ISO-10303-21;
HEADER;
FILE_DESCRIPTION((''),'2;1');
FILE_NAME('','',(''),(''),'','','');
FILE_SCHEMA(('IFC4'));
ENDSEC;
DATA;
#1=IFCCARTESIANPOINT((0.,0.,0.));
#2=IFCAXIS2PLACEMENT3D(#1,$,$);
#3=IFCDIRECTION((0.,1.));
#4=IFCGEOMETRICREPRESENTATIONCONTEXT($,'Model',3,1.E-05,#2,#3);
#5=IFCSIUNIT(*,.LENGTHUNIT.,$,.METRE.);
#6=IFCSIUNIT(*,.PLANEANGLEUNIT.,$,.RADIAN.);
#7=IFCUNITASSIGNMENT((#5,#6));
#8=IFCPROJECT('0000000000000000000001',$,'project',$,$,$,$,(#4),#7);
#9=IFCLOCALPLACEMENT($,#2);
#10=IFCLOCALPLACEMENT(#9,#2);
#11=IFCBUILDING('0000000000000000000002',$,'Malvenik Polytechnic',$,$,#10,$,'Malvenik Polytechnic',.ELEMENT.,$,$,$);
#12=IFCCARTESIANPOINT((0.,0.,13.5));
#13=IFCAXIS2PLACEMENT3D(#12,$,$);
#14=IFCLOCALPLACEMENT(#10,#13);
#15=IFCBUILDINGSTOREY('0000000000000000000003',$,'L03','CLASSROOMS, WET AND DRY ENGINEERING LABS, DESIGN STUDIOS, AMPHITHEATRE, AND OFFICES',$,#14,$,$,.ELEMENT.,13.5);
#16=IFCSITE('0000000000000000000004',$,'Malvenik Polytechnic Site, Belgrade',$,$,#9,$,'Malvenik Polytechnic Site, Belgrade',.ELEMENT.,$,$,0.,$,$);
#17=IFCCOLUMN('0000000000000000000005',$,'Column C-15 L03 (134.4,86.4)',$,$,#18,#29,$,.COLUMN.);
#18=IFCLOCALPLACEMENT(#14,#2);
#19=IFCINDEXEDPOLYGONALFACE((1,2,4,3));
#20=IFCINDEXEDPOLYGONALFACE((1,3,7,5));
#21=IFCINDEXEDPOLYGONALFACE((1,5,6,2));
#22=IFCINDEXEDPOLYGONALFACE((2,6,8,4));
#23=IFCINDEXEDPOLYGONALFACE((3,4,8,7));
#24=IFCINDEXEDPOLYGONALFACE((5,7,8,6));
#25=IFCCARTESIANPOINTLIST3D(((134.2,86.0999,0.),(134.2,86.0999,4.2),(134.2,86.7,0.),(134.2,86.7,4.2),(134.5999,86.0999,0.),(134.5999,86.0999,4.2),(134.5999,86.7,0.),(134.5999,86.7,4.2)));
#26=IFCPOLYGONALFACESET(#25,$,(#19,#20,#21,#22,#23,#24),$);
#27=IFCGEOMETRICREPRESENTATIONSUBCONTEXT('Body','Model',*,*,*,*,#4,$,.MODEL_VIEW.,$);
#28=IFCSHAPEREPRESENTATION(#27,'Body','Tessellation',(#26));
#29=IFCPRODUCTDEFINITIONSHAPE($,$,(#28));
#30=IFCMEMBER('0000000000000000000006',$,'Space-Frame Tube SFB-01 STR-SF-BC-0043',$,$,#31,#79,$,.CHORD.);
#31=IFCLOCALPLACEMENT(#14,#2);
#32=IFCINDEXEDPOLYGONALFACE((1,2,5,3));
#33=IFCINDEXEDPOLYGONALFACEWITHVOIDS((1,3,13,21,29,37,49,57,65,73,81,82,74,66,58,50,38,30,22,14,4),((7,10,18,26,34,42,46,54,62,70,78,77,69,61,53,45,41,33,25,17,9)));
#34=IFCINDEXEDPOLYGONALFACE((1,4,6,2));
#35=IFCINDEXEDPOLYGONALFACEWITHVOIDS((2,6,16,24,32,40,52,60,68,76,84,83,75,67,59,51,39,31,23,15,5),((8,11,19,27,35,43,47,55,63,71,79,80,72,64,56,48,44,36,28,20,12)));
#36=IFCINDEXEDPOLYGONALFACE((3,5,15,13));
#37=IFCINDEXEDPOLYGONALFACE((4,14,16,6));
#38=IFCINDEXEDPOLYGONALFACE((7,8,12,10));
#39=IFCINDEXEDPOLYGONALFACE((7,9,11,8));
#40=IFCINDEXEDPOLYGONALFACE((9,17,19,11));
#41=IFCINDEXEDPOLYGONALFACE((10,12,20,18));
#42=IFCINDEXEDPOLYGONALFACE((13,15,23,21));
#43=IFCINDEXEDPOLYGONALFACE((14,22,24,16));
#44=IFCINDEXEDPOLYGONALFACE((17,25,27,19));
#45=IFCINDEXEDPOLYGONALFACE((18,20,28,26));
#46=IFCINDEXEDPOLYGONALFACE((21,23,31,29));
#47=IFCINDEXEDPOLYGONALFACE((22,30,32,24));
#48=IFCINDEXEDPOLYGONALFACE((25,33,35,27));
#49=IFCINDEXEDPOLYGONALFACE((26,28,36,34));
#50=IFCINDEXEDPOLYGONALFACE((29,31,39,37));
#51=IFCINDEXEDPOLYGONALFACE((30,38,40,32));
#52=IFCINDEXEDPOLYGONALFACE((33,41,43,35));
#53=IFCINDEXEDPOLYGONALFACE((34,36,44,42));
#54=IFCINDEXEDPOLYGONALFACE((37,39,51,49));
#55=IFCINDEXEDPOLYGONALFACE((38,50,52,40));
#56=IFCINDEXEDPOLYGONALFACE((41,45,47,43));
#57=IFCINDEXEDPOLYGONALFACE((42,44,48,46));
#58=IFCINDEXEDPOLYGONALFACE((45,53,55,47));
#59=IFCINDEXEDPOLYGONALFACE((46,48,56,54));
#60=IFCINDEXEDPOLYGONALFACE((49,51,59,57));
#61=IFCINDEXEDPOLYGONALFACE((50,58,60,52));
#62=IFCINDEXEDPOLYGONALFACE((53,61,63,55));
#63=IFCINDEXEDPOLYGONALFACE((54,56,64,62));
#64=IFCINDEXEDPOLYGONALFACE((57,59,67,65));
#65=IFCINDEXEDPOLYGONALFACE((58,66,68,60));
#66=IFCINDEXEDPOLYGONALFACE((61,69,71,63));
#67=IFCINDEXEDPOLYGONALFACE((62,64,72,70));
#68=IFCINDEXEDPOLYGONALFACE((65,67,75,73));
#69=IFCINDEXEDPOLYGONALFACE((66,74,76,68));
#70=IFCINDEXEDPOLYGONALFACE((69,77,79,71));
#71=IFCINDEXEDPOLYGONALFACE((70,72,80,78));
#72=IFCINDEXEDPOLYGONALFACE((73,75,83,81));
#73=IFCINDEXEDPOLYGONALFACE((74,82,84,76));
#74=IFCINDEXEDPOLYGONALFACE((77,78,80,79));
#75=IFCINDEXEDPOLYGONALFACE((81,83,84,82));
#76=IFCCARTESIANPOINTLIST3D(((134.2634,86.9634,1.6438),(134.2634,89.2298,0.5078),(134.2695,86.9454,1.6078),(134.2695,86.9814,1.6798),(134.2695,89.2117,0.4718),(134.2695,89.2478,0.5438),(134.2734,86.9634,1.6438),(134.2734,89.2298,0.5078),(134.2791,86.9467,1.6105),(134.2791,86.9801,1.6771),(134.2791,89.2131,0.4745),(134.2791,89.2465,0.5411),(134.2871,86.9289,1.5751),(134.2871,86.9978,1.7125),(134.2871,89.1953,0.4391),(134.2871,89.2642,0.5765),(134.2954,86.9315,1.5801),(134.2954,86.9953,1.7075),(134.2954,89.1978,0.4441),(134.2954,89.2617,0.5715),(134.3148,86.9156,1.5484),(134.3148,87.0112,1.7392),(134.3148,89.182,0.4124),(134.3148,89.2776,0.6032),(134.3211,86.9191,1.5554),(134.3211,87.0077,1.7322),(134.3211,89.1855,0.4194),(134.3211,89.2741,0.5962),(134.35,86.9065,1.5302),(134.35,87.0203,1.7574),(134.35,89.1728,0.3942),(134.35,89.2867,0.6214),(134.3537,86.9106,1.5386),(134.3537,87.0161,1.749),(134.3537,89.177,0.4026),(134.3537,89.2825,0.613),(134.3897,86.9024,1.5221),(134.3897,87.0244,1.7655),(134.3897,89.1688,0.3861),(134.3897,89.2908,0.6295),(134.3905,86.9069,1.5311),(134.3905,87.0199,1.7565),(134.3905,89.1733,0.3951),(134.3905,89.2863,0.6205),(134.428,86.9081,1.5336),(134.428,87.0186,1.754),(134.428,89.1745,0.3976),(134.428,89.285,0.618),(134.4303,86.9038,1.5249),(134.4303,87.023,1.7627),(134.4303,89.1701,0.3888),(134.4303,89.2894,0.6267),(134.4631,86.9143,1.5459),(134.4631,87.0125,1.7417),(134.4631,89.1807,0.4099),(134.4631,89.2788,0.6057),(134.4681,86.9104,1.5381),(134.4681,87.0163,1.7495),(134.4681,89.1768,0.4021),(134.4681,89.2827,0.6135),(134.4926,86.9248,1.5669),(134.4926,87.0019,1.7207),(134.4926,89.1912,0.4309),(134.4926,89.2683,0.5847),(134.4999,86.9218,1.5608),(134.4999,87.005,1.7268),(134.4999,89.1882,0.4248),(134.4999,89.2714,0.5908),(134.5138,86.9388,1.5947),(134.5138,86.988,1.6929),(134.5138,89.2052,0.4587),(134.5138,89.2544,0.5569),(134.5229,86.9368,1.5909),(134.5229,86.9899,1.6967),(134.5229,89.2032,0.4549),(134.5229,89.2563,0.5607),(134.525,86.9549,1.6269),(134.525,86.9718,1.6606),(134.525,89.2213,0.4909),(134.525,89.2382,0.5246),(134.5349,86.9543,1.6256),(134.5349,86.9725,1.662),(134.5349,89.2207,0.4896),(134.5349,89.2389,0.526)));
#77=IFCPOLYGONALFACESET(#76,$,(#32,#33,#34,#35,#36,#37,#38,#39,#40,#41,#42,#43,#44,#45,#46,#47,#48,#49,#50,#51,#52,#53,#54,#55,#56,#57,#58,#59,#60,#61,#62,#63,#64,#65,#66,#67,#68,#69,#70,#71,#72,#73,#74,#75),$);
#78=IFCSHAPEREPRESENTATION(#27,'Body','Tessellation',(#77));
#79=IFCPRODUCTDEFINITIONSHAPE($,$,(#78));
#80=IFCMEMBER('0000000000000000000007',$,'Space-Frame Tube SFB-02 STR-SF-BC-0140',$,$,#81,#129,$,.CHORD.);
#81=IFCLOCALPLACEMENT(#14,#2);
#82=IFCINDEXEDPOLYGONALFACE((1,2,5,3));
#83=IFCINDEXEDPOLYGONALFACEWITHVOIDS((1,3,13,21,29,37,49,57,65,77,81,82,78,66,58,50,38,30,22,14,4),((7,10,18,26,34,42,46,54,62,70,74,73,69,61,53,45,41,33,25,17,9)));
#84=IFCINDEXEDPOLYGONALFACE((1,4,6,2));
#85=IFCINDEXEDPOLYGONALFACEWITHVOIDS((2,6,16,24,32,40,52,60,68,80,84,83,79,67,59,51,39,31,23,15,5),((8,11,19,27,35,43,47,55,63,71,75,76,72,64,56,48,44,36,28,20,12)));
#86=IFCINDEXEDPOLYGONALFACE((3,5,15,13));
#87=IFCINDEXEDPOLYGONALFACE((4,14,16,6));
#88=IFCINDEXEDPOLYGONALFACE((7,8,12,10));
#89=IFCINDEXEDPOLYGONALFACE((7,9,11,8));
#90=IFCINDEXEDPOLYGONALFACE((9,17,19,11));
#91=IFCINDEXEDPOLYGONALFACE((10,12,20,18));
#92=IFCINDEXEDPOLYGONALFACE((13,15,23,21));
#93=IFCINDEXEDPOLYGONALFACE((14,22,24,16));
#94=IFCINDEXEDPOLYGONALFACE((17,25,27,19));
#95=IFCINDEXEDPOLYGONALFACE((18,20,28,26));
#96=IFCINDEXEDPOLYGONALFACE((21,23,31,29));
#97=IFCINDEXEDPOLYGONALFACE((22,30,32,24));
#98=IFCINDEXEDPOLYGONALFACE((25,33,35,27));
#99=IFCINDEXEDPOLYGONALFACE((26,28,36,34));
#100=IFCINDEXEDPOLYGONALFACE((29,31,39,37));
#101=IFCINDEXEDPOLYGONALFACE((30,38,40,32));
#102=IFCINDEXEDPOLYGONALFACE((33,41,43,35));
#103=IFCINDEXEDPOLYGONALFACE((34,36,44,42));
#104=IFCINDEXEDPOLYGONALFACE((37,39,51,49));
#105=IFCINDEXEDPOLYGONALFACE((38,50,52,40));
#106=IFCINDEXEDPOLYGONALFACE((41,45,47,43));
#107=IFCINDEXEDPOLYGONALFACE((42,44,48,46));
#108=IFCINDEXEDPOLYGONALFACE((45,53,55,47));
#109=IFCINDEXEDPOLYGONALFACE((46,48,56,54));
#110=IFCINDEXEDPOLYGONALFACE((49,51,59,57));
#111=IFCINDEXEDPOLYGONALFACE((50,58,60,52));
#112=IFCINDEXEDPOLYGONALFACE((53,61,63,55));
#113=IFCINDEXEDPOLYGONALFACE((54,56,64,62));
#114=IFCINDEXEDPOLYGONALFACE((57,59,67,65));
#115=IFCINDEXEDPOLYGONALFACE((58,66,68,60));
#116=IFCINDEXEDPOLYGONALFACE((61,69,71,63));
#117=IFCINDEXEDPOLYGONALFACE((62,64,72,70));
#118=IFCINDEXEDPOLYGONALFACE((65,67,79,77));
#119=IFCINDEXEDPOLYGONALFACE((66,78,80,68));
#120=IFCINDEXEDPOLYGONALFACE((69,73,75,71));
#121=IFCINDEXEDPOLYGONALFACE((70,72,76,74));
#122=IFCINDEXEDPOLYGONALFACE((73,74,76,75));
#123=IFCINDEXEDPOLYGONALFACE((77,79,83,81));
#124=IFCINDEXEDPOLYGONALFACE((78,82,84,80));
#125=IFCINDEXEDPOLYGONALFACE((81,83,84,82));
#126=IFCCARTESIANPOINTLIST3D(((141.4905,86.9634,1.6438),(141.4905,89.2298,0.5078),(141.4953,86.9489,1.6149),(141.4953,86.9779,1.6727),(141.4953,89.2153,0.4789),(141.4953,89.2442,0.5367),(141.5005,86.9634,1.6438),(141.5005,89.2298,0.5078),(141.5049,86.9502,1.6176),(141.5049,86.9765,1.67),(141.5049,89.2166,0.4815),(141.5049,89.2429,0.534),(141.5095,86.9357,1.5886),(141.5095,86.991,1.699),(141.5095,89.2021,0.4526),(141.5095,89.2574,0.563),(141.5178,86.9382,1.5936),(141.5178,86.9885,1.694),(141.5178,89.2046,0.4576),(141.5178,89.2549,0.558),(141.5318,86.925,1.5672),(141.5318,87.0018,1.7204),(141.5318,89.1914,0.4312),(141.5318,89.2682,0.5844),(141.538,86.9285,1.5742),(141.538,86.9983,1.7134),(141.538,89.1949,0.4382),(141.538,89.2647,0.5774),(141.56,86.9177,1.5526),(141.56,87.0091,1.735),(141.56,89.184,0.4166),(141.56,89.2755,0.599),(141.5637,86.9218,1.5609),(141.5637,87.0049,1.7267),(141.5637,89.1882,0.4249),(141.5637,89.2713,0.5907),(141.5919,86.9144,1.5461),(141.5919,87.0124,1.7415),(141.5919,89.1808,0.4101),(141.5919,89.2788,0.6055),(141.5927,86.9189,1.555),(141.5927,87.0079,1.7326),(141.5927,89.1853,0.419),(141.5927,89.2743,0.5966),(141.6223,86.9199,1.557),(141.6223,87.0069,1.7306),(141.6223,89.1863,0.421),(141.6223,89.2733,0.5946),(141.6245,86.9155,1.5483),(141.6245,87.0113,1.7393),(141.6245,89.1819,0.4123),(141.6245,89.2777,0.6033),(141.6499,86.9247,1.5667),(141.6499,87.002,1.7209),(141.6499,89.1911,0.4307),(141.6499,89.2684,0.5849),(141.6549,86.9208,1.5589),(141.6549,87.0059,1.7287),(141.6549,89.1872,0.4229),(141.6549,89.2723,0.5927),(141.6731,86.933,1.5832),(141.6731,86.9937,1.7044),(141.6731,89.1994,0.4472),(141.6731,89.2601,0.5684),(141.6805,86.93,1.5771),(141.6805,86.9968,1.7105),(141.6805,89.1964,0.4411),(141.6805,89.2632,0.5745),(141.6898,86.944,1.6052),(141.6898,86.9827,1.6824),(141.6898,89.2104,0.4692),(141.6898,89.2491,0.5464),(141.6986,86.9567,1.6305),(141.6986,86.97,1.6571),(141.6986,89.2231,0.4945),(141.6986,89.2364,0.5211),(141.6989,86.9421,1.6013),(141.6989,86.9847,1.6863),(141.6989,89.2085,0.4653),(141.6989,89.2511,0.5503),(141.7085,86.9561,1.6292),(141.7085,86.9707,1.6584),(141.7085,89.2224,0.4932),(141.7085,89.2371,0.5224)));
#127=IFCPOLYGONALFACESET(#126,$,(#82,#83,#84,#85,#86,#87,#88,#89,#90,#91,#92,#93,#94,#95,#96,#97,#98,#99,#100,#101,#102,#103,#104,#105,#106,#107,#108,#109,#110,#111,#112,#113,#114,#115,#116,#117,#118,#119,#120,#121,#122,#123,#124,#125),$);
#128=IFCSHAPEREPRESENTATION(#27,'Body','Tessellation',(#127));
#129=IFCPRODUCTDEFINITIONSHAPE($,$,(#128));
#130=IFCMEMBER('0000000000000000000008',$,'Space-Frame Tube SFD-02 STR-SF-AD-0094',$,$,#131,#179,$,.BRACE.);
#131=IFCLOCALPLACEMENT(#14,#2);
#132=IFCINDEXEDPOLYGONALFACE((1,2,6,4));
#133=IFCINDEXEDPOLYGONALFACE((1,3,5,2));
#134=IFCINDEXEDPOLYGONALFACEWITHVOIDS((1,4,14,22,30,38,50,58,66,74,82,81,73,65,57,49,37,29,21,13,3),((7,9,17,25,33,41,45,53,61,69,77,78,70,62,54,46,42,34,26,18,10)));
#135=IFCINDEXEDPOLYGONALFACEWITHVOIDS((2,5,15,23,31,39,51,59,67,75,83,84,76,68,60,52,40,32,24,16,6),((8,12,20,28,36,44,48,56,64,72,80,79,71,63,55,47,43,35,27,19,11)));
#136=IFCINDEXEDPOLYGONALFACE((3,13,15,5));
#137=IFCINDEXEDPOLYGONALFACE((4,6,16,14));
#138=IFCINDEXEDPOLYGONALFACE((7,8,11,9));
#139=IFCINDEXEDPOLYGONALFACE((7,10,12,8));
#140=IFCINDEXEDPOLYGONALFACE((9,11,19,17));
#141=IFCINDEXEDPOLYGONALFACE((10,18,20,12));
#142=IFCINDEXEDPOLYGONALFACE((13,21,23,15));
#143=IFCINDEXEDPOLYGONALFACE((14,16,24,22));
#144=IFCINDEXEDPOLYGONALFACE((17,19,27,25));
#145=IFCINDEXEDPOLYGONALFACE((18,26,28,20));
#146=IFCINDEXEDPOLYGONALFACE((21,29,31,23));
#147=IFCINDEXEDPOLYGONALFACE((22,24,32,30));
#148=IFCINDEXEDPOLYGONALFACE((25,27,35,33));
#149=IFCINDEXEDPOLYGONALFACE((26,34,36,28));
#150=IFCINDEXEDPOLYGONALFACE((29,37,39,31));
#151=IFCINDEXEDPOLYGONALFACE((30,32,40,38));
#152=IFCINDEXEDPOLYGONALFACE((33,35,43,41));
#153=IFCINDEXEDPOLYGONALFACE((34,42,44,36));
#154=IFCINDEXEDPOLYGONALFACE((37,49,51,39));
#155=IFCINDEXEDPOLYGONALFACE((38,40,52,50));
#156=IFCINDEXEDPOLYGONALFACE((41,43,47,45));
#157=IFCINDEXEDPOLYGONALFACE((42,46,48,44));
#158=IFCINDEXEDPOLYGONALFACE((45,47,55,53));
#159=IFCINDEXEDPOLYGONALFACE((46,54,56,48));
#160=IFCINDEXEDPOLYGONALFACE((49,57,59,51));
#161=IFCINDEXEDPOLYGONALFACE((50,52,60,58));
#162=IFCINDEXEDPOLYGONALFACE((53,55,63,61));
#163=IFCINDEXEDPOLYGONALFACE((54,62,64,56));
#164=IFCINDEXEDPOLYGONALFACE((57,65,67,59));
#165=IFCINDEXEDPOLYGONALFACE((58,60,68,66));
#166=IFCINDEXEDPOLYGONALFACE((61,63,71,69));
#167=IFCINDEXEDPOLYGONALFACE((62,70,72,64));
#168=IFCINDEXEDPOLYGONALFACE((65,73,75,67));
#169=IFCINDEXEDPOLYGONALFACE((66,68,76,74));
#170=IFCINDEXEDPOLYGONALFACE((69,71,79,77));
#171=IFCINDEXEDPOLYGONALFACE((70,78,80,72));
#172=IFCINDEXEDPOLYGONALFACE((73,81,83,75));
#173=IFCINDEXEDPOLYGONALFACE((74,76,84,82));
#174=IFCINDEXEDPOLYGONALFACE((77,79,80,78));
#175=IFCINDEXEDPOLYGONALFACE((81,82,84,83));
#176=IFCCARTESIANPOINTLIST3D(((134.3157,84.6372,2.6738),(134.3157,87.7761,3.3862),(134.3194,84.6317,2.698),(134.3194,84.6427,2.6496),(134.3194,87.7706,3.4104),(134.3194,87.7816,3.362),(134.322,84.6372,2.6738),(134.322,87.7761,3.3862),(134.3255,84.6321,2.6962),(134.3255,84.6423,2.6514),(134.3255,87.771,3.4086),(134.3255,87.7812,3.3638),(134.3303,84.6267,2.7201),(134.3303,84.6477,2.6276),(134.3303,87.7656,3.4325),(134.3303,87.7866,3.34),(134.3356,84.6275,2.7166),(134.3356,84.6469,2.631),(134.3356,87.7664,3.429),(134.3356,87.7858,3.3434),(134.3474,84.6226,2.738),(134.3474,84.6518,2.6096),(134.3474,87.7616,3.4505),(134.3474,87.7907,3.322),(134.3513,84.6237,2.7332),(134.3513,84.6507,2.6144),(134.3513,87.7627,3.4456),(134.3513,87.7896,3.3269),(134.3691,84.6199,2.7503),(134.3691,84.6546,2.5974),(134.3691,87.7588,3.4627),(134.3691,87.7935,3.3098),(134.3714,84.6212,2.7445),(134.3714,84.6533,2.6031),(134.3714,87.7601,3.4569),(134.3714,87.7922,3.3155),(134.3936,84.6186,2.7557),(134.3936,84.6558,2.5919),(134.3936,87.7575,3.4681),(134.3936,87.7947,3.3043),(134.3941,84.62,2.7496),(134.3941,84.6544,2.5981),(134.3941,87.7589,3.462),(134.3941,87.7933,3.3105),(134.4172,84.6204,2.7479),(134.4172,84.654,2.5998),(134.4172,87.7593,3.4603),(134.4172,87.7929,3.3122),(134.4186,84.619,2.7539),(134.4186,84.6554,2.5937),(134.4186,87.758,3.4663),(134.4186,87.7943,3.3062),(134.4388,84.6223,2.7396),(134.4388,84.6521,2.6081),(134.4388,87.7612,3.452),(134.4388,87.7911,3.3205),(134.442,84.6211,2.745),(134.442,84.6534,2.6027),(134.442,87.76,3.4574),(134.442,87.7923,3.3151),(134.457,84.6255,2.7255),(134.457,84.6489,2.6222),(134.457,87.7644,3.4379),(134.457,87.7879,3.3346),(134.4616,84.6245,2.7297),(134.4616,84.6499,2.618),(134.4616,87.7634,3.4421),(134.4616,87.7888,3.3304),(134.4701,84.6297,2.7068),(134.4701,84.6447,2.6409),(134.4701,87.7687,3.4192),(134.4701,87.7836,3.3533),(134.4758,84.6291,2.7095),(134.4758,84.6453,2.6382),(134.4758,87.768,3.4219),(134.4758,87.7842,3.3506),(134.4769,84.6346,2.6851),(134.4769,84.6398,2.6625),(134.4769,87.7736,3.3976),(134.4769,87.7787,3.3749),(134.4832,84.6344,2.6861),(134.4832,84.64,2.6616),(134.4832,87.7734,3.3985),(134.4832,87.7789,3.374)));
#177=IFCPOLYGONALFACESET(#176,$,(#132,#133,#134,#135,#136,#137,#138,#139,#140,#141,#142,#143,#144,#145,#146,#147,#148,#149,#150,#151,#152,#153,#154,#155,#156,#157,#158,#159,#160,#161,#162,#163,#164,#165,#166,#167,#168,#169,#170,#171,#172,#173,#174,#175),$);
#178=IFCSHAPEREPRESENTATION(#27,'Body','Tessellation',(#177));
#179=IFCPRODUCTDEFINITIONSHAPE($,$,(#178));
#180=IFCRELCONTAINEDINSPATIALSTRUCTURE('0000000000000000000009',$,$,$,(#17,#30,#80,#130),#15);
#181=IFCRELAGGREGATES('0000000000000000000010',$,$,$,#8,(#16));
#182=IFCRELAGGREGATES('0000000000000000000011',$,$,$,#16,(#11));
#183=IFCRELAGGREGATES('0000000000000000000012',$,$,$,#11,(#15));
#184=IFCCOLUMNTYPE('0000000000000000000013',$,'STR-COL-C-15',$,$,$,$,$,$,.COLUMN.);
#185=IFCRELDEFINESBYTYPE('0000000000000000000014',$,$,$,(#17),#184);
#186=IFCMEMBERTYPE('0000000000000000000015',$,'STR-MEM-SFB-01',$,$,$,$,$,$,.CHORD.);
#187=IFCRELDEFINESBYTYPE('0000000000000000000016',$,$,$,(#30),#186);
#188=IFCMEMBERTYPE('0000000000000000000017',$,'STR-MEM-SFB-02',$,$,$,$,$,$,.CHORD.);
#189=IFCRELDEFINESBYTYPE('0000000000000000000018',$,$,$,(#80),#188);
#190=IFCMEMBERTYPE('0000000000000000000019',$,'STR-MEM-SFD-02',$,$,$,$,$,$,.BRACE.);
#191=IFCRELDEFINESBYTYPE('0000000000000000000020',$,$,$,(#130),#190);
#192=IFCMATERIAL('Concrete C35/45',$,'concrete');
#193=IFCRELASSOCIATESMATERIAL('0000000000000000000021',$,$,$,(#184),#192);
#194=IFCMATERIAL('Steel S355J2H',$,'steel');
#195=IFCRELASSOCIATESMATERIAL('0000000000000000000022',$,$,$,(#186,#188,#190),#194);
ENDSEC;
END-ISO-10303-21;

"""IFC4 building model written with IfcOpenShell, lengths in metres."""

from ifc_helpers import new_model, si_unit, direction, frame, origin, origin_2d, place, context, subcontext, project, spatial, rectangle, hollow_circle, extrude, material, material_profile, profile_set, type_object, element, save


model = new_model("IFC4")

# Units and contexts
model_context = context("Model", 3, precision=1e-05, world=origin(), true_north=direction((0.0, 1.0)))
body_context = subcontext(model_context, "Body", "Model", "MODEL_VIEW")
ifc_project = project(units=[si_unit("LENGTHUNIT", "METRE"), si_unit("PLANEANGLEUNIT", "RADIAN")], contexts=[model_context])

# Site, building, storey
site_placement = place(None, origin())
site = spatial("IfcSite", under=ifc_project, at=site_placement, Name="Malvenik Polytechnic Site, Belgrade", LongName="Malvenik Polytechnic Site, Belgrade", CompositionType="ELEMENT", RefElevation=0.0)
building_placement = place(site_placement, origin())
building = spatial("IfcBuilding", under=site, at=building_placement, Name="Malvenik Polytechnic", LongName="Malvenik Polytechnic", CompositionType="ELEMENT")
storey_placement = place(building_placement, frame((0.0, 0.0, 13.5)))
storey = spatial("IfcBuildingStorey", under=building, at=storey_placement, Name="L03", Description="CLASSROOMS, WET AND DRY ENGINEERING LABS, DESIGN STUDIOS, AMPHITHEATRE, AND OFFICES", CompositionType="ELEMENT", Elevation=13.5)

# Column
ifc_material_1 = material(Name="Concrete C35/45", Category="concrete")
ifc_material_profile_1 = material_profile(ifc_material_1, rectangle(XDim=0.3999, YDim=0.6001, at=origin_2d()), Name="RC COL 600x400")
ifc_profile_set_1 = profile_set([ifc_material_profile_1], Name="Concrete C35/45")
column_type = type_object("IfcColumnType", Name="STR-COL-C-15", PredefinedType="COLUMN", material=ifc_profile_set_1)
column_placement = place(storey_placement, frame((134.3999, 86.3999, 0.0), z_axis=(0.0, 0.0, 1.0), x_axis=(1.0, 0.0, 0.0)))
element("IfcColumn", 1, at=column_placement, inside=storey, type_object=column_type, Name="Column C-15 L03 (134.4,86.4)", PredefinedType="COLUMN", context=body_context, shape_type="SweptSolid", body=[
    extrude(rectangle(XDim=0.3999, YDim=0.6001, at=origin_2d()), origin(), (0.0, 0.0, 1.0), 4.2),
])

# Members
ifc_material_2 = material(Name="Steel S355J2H", Category="steel")
ifc_material_profile_2 = material_profile(ifc_material_2, hollow_circle(Radius=0.1365, WallThickness=0.01, at=origin_2d()), Name="CHS 273.0x10.0")
ifc_profile_set_2 = profile_set([ifc_material_profile_2], Name="Steel S355J2H")
member_type_1 = type_object("IfcMemberType", Name="STR-MEM-SFB-01", PredefinedType="CHORD", material=ifc_profile_set_2)
member_1_placement = place(storey_placement, frame((134.3999, 86.9634, 1.6438), z_axis=(0.0, 0.893984, -0.448099), x_axis=(-1.0, 0.0, 0.0)))
element("IfcMember", 2, at=member_1_placement, inside=storey, type_object=member_type_1, Name="Space-Frame Tube SFB-01 STR-SF-BC-0043", PredefinedType="CHORD", context=body_context, shape_type="SweptSolid", body=[
    extrude(hollow_circle(Radius=0.1365, WallThickness=0.01, at=origin_2d()), origin(), (0.0, 0.0, 1.0), 2.5352),
])
ifc_material_profile_3 = material_profile(ifc_material_2, hollow_circle(Radius=0.1096, WallThickness=0.01, at=origin_2d()), Name="CHS 219.1x10.0")
ifc_profile_set_3 = profile_set([ifc_material_profile_3], Name="Steel S355J2H")
member_type_2 = type_object("IfcMemberType", Name="STR-MEM-SFB-02", PredefinedType="CHORD", material=ifc_profile_set_3)
member_2_placement = place(storey_placement, frame((141.6001, 86.9634, 1.6438), z_axis=(0.0, 0.893984, -0.448099), x_axis=(-1.0, 0.0, 0.0)))
element("IfcMember", 3, at=member_2_placement, inside=storey, type_object=member_type_2, Name="Space-Frame Tube SFB-02 STR-SF-BC-0140", PredefinedType="CHORD", context=body_context, shape_type="SweptSolid", body=[
    extrude(hollow_circle(Radius=0.1096, WallThickness=0.01, at=origin_2d()), origin(), (0.0, 0.0, 1.0), 2.5352),
])
ifc_material_profile_4 = material_profile(ifc_material_2, hollow_circle(Radius=0.0842, WallThickness=0.0063, at=origin_2d()), Name="CHS 168.3x6.3")
ifc_profile_set_4 = profile_set([ifc_material_profile_4], Name="Steel S355J2H")
member_type_3 = type_object("IfcMemberType", Name="STR-MEM-SFD-02", PredefinedType="BRACE", material=ifc_profile_set_4)
member_3_placement = place(storey_placement, frame((134.3999, 84.6372, 2.6738), z_axis=(0.0, 0.975199, 0.221329), x_axis=(-1.0, 0.0, 0.0)))
element("IfcMember", 4, at=member_3_placement, inside=storey, type_object=member_type_3, Name="Space-Frame Tube SFD-02 STR-SF-AD-0094", PredefinedType="BRACE", context=body_context, shape_type="SweptSolid", body=[
    extrude(hollow_circle(Radius=0.0842, WallThickness=0.0063, at=origin_2d()), origin(), (0.0, 0.0, 1.0), 3.2188),
])

save(model, "model.ifc")
